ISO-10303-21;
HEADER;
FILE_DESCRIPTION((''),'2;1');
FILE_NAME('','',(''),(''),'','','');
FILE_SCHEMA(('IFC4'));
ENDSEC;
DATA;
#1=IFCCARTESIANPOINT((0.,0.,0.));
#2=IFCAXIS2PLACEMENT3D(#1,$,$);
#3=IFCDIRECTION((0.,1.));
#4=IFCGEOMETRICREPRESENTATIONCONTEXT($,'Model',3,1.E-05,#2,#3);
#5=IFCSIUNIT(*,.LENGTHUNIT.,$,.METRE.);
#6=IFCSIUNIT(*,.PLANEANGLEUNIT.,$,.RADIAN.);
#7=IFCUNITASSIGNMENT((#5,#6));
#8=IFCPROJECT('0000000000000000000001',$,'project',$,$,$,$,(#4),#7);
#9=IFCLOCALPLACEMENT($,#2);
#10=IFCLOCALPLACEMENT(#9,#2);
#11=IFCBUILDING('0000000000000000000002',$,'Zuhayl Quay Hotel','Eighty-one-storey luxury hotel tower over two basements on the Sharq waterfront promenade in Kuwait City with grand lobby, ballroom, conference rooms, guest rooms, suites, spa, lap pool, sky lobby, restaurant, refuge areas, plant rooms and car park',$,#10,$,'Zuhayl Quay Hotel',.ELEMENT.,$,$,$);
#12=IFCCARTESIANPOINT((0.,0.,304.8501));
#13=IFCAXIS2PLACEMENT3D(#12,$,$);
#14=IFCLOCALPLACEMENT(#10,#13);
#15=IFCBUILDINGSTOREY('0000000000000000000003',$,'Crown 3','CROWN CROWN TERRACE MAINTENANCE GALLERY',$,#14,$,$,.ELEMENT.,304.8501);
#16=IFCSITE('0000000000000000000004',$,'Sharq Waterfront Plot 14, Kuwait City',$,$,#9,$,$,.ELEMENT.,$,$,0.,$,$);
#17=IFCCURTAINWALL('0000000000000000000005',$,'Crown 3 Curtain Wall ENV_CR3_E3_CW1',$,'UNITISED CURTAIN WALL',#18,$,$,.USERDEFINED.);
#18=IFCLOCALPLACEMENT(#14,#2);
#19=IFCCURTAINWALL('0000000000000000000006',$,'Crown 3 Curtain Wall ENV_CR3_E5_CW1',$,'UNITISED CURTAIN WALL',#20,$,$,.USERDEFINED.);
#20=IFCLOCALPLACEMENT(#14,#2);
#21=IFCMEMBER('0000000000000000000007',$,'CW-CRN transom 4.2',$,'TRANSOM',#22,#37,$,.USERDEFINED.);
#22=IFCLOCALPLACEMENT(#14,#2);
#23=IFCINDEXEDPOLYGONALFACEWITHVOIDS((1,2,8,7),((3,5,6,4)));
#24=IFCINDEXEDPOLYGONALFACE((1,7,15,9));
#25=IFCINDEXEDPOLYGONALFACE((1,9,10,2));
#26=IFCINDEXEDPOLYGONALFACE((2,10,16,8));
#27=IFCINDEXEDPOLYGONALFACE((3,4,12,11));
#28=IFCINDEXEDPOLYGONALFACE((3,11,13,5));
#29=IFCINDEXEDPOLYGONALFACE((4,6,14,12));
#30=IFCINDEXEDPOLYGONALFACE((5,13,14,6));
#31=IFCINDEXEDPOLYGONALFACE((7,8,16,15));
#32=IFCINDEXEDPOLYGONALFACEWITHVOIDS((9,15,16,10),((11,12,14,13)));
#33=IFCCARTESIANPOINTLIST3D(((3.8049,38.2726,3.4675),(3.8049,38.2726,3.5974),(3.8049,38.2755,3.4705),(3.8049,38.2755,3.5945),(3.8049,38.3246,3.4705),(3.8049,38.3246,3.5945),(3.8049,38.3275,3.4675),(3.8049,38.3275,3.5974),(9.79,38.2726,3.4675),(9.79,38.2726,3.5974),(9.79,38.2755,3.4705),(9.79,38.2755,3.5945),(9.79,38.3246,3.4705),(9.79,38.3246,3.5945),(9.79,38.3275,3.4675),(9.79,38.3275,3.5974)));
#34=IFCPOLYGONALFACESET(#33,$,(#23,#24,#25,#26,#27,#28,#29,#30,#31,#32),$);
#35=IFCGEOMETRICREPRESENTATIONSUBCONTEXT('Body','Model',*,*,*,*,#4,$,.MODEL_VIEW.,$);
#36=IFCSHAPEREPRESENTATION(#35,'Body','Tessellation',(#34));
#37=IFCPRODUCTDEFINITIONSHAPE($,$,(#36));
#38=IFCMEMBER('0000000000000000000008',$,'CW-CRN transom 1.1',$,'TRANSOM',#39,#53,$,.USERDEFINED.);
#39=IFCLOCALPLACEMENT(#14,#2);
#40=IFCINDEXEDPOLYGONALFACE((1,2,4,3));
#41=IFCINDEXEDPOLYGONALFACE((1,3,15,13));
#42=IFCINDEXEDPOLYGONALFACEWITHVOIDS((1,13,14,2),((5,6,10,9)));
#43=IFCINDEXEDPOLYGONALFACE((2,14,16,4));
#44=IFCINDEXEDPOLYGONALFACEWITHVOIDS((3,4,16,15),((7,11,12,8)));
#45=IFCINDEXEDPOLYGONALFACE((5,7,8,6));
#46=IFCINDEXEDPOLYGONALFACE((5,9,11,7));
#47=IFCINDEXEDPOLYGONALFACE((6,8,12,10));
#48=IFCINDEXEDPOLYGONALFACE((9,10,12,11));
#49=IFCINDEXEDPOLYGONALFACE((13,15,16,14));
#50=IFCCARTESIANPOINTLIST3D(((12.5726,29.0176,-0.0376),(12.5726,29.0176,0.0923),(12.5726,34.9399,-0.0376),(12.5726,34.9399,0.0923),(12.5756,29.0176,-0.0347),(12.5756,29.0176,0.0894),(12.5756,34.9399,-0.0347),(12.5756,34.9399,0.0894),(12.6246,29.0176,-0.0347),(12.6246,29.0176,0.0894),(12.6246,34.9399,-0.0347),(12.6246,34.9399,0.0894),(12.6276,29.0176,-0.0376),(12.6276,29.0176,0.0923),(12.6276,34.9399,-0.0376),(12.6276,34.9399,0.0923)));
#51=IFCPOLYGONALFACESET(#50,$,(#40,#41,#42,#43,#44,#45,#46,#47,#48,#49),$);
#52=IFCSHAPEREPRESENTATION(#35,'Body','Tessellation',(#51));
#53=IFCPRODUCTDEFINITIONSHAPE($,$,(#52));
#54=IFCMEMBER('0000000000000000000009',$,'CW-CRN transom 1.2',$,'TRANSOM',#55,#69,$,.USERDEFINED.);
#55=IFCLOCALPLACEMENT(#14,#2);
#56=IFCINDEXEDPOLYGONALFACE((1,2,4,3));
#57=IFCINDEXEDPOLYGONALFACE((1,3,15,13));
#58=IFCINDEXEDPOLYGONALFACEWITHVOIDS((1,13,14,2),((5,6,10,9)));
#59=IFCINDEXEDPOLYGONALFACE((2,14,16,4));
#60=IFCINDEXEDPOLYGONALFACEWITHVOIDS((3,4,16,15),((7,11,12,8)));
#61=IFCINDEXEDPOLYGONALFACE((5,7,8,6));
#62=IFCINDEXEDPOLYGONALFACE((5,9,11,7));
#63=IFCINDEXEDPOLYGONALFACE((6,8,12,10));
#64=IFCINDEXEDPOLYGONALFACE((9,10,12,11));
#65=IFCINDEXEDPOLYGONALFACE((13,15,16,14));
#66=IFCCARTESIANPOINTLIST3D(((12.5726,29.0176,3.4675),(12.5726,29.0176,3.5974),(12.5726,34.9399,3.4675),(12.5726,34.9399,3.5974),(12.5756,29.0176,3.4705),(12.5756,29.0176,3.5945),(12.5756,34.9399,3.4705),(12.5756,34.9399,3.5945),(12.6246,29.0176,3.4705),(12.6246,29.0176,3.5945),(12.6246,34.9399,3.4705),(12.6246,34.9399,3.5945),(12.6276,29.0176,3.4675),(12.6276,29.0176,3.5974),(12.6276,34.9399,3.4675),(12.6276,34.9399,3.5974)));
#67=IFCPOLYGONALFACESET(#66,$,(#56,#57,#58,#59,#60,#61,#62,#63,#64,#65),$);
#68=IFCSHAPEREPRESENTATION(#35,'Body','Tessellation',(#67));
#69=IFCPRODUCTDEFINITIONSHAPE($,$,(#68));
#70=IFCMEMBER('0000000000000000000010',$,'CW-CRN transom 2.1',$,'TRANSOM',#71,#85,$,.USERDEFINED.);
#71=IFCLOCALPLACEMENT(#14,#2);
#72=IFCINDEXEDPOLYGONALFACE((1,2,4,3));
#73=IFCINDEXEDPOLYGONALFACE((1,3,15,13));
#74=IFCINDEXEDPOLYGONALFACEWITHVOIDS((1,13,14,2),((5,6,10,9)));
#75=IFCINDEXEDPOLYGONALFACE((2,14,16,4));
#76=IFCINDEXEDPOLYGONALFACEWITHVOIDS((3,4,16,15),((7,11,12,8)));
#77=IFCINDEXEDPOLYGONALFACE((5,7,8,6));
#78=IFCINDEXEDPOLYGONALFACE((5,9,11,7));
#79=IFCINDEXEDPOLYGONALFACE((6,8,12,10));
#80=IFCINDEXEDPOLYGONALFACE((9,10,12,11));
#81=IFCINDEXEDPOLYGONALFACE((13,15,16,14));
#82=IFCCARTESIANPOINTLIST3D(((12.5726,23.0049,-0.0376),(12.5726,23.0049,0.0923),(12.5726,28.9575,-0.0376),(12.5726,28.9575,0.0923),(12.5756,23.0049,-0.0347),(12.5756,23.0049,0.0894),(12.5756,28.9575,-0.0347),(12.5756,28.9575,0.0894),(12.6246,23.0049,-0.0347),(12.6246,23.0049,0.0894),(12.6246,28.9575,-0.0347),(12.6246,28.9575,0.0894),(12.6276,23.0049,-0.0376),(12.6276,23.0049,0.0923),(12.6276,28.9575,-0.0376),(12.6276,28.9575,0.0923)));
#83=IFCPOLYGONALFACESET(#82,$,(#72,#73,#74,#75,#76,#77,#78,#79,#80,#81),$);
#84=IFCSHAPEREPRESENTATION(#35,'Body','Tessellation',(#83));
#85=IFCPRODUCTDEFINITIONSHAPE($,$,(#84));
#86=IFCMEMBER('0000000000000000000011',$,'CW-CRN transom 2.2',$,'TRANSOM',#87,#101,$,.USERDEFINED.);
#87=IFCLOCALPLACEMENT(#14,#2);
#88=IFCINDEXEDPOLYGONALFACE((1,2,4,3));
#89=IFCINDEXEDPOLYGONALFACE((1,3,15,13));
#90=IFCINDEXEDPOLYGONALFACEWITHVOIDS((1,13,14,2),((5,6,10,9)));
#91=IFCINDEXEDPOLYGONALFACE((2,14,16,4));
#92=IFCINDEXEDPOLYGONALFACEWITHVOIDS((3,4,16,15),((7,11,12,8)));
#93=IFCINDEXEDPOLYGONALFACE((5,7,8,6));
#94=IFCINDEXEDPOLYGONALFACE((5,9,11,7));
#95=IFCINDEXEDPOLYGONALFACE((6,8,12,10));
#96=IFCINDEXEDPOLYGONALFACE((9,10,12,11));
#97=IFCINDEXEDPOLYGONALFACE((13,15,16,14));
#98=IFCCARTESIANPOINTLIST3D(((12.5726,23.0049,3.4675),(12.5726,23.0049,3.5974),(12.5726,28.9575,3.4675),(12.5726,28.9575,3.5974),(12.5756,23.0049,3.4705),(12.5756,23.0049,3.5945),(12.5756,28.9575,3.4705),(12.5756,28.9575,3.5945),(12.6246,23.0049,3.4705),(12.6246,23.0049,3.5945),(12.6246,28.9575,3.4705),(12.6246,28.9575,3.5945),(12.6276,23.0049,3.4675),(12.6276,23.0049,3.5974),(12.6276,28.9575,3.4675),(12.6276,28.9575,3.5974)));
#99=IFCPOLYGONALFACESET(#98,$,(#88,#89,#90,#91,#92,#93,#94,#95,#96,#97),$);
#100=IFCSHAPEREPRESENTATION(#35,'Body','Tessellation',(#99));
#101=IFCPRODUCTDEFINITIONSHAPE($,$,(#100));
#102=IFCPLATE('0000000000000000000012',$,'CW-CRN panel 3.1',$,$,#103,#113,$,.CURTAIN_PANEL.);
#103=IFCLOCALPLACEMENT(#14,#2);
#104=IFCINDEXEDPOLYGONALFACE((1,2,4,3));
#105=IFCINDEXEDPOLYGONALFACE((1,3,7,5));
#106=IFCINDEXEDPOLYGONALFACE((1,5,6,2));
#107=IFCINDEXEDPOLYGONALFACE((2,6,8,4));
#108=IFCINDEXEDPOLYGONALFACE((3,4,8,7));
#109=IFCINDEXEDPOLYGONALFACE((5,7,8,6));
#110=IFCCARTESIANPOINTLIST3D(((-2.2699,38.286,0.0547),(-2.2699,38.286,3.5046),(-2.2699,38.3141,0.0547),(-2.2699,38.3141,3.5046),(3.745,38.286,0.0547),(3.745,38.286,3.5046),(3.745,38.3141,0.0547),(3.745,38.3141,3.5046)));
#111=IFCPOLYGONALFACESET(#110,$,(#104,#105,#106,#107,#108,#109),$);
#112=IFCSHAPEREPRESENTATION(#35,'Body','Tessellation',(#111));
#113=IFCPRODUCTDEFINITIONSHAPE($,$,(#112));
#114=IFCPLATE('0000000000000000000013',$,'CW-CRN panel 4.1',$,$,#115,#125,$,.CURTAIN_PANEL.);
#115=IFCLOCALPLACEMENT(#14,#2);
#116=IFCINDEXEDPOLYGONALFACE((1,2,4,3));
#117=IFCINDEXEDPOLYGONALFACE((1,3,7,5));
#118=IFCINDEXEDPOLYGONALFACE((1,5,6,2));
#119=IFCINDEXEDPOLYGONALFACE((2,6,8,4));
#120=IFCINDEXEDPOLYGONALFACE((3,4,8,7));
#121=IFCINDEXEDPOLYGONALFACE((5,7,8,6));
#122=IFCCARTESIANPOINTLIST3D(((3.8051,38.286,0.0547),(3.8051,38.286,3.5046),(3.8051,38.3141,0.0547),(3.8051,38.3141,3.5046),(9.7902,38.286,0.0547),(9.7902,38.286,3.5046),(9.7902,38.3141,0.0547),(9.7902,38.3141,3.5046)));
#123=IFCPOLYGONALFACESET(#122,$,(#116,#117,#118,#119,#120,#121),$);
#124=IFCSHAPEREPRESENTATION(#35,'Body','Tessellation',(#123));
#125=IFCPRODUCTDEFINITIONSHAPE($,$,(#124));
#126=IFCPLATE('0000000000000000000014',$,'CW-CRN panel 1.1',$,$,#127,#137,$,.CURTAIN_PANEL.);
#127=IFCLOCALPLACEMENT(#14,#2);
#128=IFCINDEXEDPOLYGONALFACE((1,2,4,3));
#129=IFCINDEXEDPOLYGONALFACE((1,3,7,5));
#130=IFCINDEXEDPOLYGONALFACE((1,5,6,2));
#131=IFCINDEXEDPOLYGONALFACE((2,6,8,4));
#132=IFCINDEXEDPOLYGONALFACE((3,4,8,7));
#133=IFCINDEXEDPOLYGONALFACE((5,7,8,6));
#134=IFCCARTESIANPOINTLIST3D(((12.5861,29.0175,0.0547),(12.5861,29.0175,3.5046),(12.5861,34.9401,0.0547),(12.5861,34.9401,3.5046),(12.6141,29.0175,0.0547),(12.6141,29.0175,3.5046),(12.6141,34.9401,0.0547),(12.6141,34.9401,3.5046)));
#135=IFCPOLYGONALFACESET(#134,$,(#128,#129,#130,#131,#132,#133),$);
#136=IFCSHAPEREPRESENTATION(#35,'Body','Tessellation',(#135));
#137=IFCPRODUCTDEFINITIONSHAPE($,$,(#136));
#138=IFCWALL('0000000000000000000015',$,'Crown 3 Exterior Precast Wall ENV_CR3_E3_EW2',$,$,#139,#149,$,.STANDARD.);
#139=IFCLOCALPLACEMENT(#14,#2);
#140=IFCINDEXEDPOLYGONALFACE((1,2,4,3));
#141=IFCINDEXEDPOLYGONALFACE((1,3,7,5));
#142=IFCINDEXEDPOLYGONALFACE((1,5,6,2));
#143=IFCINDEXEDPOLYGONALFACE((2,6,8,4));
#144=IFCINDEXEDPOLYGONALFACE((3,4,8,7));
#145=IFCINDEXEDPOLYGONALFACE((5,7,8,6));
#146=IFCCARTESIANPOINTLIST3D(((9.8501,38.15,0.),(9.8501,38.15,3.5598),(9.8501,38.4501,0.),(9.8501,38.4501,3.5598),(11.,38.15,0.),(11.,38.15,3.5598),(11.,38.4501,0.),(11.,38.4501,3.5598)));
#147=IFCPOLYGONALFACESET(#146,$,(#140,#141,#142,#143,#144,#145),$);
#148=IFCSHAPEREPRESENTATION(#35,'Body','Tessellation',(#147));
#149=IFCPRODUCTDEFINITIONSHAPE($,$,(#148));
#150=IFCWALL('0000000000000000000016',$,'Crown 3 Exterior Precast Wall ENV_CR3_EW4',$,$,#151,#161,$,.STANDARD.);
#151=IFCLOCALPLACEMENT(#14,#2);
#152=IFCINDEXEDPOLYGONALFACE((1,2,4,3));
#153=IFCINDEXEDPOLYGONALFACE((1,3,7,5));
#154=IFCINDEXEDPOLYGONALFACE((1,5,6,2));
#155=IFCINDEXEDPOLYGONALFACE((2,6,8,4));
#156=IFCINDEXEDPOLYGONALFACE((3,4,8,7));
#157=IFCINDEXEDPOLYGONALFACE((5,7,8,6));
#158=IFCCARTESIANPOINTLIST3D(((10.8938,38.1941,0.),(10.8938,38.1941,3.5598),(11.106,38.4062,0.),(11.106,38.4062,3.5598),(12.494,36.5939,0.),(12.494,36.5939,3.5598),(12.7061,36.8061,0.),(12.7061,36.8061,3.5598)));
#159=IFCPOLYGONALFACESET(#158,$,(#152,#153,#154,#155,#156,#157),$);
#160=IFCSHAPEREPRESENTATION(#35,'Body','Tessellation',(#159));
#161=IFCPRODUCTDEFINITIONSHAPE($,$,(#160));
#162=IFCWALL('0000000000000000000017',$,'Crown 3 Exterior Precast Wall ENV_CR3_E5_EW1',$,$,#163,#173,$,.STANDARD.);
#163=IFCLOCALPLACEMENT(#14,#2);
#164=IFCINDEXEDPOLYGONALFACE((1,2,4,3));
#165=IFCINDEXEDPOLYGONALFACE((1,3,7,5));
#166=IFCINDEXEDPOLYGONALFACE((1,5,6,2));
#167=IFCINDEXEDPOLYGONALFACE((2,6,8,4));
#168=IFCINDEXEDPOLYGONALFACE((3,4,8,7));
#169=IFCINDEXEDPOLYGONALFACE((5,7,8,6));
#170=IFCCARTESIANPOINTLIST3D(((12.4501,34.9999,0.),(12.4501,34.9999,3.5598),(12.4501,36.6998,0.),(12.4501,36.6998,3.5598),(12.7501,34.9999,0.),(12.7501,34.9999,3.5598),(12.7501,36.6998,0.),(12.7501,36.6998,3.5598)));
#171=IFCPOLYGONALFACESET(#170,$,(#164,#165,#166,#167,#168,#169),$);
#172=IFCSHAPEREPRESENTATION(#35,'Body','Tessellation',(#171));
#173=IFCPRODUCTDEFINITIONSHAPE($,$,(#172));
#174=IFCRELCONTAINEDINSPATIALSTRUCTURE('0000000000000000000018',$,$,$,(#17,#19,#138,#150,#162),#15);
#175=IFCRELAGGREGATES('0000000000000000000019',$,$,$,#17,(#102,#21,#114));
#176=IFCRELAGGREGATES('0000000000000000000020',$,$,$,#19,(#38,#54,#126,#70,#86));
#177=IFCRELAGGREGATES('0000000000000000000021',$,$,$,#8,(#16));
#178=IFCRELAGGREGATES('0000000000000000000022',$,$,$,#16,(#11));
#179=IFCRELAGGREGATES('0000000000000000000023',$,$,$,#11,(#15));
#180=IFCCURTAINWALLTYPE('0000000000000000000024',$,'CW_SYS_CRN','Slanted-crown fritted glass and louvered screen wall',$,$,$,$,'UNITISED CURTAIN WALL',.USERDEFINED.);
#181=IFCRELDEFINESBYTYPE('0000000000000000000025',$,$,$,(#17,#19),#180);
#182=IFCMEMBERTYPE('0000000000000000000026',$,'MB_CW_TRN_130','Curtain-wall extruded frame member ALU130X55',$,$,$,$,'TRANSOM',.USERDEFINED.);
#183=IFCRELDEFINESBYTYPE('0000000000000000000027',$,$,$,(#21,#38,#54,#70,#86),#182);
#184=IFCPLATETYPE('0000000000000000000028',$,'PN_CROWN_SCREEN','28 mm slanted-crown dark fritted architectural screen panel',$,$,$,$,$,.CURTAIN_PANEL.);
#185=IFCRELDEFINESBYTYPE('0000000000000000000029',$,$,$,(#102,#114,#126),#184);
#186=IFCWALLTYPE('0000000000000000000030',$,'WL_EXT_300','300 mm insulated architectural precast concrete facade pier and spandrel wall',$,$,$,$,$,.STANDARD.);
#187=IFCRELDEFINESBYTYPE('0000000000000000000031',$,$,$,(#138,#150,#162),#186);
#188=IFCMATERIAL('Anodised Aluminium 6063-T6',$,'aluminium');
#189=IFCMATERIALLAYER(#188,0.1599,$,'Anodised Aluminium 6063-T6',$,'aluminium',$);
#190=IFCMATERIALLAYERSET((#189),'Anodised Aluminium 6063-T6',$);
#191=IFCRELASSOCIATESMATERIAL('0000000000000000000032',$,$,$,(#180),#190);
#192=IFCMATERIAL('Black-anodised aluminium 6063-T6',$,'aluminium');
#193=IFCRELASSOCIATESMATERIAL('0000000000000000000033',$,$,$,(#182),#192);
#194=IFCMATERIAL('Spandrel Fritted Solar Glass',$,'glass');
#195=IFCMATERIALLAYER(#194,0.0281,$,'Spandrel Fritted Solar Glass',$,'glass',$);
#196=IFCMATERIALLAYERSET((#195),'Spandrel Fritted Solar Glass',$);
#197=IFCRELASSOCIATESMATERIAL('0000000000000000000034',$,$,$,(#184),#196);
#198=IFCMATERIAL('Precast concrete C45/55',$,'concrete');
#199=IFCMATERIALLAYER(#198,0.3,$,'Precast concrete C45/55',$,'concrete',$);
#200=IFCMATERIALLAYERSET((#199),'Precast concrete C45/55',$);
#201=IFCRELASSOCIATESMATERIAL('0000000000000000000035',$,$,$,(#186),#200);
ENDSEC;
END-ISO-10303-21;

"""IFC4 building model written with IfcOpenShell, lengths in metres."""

from ifc_helpers import new_model, si_unit, direction, frame, frame_2d, origin, origin_2d, place, context, subcontext, project, spatial, rectangle, hollow_rectangle, extrude, material, layer, layer_set, material_profile, profile_set, type_object, element, aggregate, save


model = new_model("IFC4")

# Units and contexts
model_context = context("Model", 3, precision=1e-05, world=origin(), true_north=direction((0.0, 1.0)))
body_context = subcontext(model_context, "Body", "Model", "MODEL_VIEW")
ifc_project = project(units=[si_unit("LENGTHUNIT", "METRE"), si_unit("PLANEANGLEUNIT", "RADIAN")], contexts=[model_context])

# Site, building, storey
site_placement = place(None, origin())
site = spatial("IfcSite", under=ifc_project, at=site_placement, Name="Sharq Waterfront Plot 14, Kuwait City", CompositionType="ELEMENT", RefElevation=0.0)
building_placement = place(site_placement, origin())
building = spatial("IfcBuilding", under=site, at=building_placement, Name="Zuhayl Quay Hotel", Description="Eighty-one-storey luxury hotel tower over two basements on the Sharq waterfront promenade in Kuwait City with grand lobby, ballroom, conference rooms, guest rooms, suites, spa, lap pool, sky lobby, restaurant, refuge areas, plant rooms and car park", LongName="Zuhayl Quay Hotel", CompositionType="ELEMENT")
storey_placement = place(building_placement, frame((0.0, 0.0, 304.8501)))
storey = spatial("IfcBuildingStorey", under=building, at=storey_placement, Name="Crown 3", Description="CROWN CROWN TERRACE MAINTENANCE GALLERY", CompositionType="ELEMENT", Elevation=304.8501)

# Curtain walls
ifc_material_1 = material(Name="Anodised Aluminium 6063-T6", Category="aluminium")
ifc_layer_1 = layer(ifc_material_1, 0.1599, Name="Anodised Aluminium 6063-T6", Category="aluminium")
ifc_layer_set_1 = layer_set([ifc_layer_1], Name="Anodised Aluminium 6063-T6")
curtain_wall_type = type_object("IfcCurtainWallType", Name="CW_SYS_CRN", Description="Slanted-crown fritted glass and louvered screen wall", ElementType="UNITISED CURTAIN WALL", PredefinedType="USERDEFINED", material=ifc_layer_set_1)
curtain_wall_1_placement = place(storey_placement, origin())
curtain_wall_1 = element("IfcCurtainWall", 1, at=curtain_wall_1_placement, inside=storey, type_object=curtain_wall_type, Name="Crown 3 Curtain Wall ENV_CR3_E3_CW1", ObjectType="UNITISED CURTAIN WALL", PredefinedType="USERDEFINED")
ifc_material_2 = material(Name="Black-anodised aluminium 6063-T6", Category="aluminium")
curtain_wall_2_placement = place(storey_placement, origin())
curtain_wall_2 = element("IfcCurtainWall", 2, at=curtain_wall_2_placement, inside=storey, type_object=curtain_wall_type, Name="Crown 3 Curtain Wall ENV_CR3_E5_CW1", ObjectType="UNITISED CURTAIN WALL", PredefinedType="USERDEFINED")

# Members
ifc_material_profile_1 = material_profile(ifc_material_2, hollow_rectangle(XDim=0.0549, YDim=0.1299, WallThickness=0.0029, at=origin_2d()), Name="ALU130X55")
ifc_profile_set_1 = profile_set([ifc_material_profile_1], Name="Black-anodised aluminium 6063-T6")
member_type_1 = type_object("IfcMemberType", Name="MB_CW_TRN_130", Description="Curtain-wall extruded frame member ALU130X55", ElementType="TRANSOM", PredefinedType="USERDEFINED", material=ifc_profile_set_1)
member_1_placement = place(storey_placement, frame((3.8049, 38.3, 3.5325), z_axis=(1.0, 0.0, 0.0), x_axis=(0.0, 1.0, 0.0)))
member_1 = element("IfcMember", 3, at=member_1_placement, type_object=member_type_1, Name="CW-CRN transom 4.2", ObjectType="TRANSOM", PredefinedType="USERDEFINED", context=body_context, shape_type="SweptSolid", body=[
    extrude(hollow_rectangle(XDim=0.0549, YDim=0.1299, WallThickness=0.0029, at=origin_2d()), origin(), (0.0, 0.0, 1.0), 5.9851),
])
member_2_placement = place(storey_placement, frame((12.6001, 34.9399, 0.0273), z_axis=(0.0, -1.0, 0.0), x_axis=(1.0, 0.0, 0.0)))
member_2 = element("IfcMember", 4, at=member_2_placement, type_object=member_type_1, Name="CW-CRN transom 1.1", ObjectType="TRANSOM", PredefinedType="USERDEFINED", context=body_context, shape_type="SweptSolid", body=[
    extrude(hollow_rectangle(XDim=0.0549, YDim=0.1299, WallThickness=0.0029, at=origin_2d()), origin(), (0.0, 0.0, 1.0), 5.9224),
])
member_3_placement = place(storey_placement, frame((12.6001, 34.9399, 3.5325), z_axis=(0.0, -1.0, 0.0), x_axis=(1.0, 0.0, 0.0)))
member_3 = element("IfcMember", 5, at=member_3_placement, type_object=member_type_1, Name="CW-CRN transom 1.2", ObjectType="TRANSOM", PredefinedType="USERDEFINED", context=body_context, shape_type="SweptSolid", body=[
    extrude(hollow_rectangle(XDim=0.0549, YDim=0.1299, WallThickness=0.0029, at=origin_2d()), origin(), (0.0, 0.0, 1.0), 5.9224),
])
member_4_placement = place(storey_placement, frame((12.6001, 28.9575, 0.0273), z_axis=(0.0, -1.0, 0.0), x_axis=(1.0, 0.0, 0.0)))
member_4 = element("IfcMember", 6, at=member_4_placement, type_object=member_type_1, Name="CW-CRN transom 2.1", ObjectType="TRANSOM", PredefinedType="USERDEFINED", context=body_context, shape_type="SweptSolid", body=[
    extrude(hollow_rectangle(XDim=0.0549, YDim=0.1299, WallThickness=0.0029, at=origin_2d()), origin(), (0.0, 0.0, 1.0), 5.9526),
])
member_5_placement = place(storey_placement, frame((12.6001, 28.9575, 3.5325), z_axis=(0.0, -1.0, 0.0), x_axis=(1.0, 0.0, 0.0)))
member_5 = element("IfcMember", 7, at=member_5_placement, type_object=member_type_1, Name="CW-CRN transom 2.2", ObjectType="TRANSOM", PredefinedType="USERDEFINED", context=body_context, shape_type="SweptSolid", body=[
    extrude(hollow_rectangle(XDim=0.0549, YDim=0.1299, WallThickness=0.0029, at=origin_2d()), origin(), (0.0, 0.0, 1.0), 5.9526),
])

# Plates
ifc_material_3 = material(Name="Spandrel Fritted Solar Glass", Category="glass")
ifc_layer_2 = layer(ifc_material_3, 0.0281, Name="Spandrel Fritted Solar Glass", Category="glass")
ifc_layer_set_2 = layer_set([ifc_layer_2], Name="Spandrel Fritted Solar Glass")
plate_type = type_object("IfcPlateType", Name="PN_CROWN_SCREEN", Description="28 mm slanted-crown dark fritted architectural screen panel", PredefinedType="CURTAIN_PANEL", material=ifc_layer_set_2)
plate_1_placement = place(storey_placement, frame((0.7375, 38.3, 0.0547), z_axis=(0.0, 0.0, 1.0), x_axis=(1.0, 0.0, 0.0)))
plate_1 = element("IfcPlate", 8, at=plate_1_placement, type_object=plate_type, Name="CW-CRN panel 3.1", PredefinedType="CURTAIN_PANEL", context=body_context, shape_type="SweptSolid", body=[
    extrude(rectangle(XDim=6.0149, YDim=0.0281, at=origin_2d()), origin(), (0.0, 0.0, 1.0), 3.45),
])
plate_2_placement = place(storey_placement, frame((6.7976, 38.3, 0.0547), z_axis=(0.0, 0.0, 1.0), x_axis=(1.0, 0.0, 0.0)))
plate_2 = element("IfcPlate", 9, at=plate_2_placement, type_object=plate_type, Name="CW-CRN panel 4.1", PredefinedType="CURTAIN_PANEL", context=body_context, shape_type="SweptSolid", body=[
    extrude(rectangle(XDim=5.9851, YDim=0.0281, at=origin_2d()), origin(), (0.0, 0.0, 1.0), 3.45),
])
aggregate(curtain_wall_1, [plate_1, member_1, plate_2])
plate_3_placement = place(storey_placement, frame((12.6001, 31.9788, 0.0547), z_axis=(0.0, 0.0, 1.0), x_axis=(0.0, -1.0, 0.0)))
plate_3 = element("IfcPlate", 10, at=plate_3_placement, type_object=plate_type, Name="CW-CRN panel 1.1", PredefinedType="CURTAIN_PANEL", context=body_context, shape_type="SweptSolid", body=[
    extrude(rectangle(XDim=5.9226, YDim=0.0281, at=origin_2d()), origin(), (0.0, 0.0, 1.0), 3.45),
])
aggregate(curtain_wall_2, [member_2, member_3, plate_3, member_4, member_5])

# Walls
ifc_material_4 = material(Name="Precast concrete C45/55", Category="concrete")
ifc_layer_3 = layer(ifc_material_4, 0.3, Name="Precast concrete C45/55", Category="concrete")
ifc_layer_set_3 = layer_set([ifc_layer_3], Name="Precast concrete C45/55")
wall_type_1 = type_object("IfcWallType", Name="WL_EXT_300", Description="300 mm insulated architectural precast concrete facade pier and spandrel wall", PredefinedType="STANDARD", material=ifc_layer_set_3)
wall_1_placement = place(storey_placement, frame((9.8501, 38.3, 0.0), z_axis=(0.0, 0.0, 1.0), x_axis=(1.0, 0.0, 0.0)))
element("IfcWall", 11, at=wall_1_placement, inside=storey, type_object=wall_type_1, Name="Crown 3 Exterior Precast Wall ENV_CR3_E3_EW2", PredefinedType="STANDARD", context=body_context, shape_type="SweptSolid", body=[
    extrude(rectangle(XDim=1.1499, YDim=0.3, at=frame_2d((0.575, 0.0))), origin(), (0.0, 0.0, 1.0), 3.5598),
])
wall_2_placement = place(storey_placement, frame((11.0, 38.3, 0.0), z_axis=(0.0, 0.0, 1.0), x_axis=(0.707107, -0.707107, 0.0)))
element("IfcWall", 12, at=wall_2_placement, inside=storey, type_object=wall_type_1, Name="Crown 3 Exterior Precast Wall ENV_CR3_EW4", PredefinedType="STANDARD", context=body_context, shape_type="SweptSolid", body=[
    extrude(rectangle(XDim=2.2629, YDim=0.3, at=frame_2d((1.1313, 0.0))), origin(), (0.0, 0.0, 1.0), 3.5598),
])
wall_3_placement = place(storey_placement, frame((12.6001, 36.7, 0.0), z_axis=(0.0, 0.0, 1.0), x_axis=(0.0, -1.0, 0.0)))
element("IfcWall", 13, at=wall_3_placement, inside=storey, type_object=wall_type_1, Name="Crown 3 Exterior Precast Wall ENV_CR3_E5_EW1", PredefinedType="STANDARD", context=body_context, shape_type="SweptSolid", body=[
    extrude(rectangle(XDim=1.7, YDim=0.3, at=frame_2d((0.8501, 0.0))), origin(), (0.0, 0.0, 1.0), 3.5598),
])

save(model, "model.ifc")
